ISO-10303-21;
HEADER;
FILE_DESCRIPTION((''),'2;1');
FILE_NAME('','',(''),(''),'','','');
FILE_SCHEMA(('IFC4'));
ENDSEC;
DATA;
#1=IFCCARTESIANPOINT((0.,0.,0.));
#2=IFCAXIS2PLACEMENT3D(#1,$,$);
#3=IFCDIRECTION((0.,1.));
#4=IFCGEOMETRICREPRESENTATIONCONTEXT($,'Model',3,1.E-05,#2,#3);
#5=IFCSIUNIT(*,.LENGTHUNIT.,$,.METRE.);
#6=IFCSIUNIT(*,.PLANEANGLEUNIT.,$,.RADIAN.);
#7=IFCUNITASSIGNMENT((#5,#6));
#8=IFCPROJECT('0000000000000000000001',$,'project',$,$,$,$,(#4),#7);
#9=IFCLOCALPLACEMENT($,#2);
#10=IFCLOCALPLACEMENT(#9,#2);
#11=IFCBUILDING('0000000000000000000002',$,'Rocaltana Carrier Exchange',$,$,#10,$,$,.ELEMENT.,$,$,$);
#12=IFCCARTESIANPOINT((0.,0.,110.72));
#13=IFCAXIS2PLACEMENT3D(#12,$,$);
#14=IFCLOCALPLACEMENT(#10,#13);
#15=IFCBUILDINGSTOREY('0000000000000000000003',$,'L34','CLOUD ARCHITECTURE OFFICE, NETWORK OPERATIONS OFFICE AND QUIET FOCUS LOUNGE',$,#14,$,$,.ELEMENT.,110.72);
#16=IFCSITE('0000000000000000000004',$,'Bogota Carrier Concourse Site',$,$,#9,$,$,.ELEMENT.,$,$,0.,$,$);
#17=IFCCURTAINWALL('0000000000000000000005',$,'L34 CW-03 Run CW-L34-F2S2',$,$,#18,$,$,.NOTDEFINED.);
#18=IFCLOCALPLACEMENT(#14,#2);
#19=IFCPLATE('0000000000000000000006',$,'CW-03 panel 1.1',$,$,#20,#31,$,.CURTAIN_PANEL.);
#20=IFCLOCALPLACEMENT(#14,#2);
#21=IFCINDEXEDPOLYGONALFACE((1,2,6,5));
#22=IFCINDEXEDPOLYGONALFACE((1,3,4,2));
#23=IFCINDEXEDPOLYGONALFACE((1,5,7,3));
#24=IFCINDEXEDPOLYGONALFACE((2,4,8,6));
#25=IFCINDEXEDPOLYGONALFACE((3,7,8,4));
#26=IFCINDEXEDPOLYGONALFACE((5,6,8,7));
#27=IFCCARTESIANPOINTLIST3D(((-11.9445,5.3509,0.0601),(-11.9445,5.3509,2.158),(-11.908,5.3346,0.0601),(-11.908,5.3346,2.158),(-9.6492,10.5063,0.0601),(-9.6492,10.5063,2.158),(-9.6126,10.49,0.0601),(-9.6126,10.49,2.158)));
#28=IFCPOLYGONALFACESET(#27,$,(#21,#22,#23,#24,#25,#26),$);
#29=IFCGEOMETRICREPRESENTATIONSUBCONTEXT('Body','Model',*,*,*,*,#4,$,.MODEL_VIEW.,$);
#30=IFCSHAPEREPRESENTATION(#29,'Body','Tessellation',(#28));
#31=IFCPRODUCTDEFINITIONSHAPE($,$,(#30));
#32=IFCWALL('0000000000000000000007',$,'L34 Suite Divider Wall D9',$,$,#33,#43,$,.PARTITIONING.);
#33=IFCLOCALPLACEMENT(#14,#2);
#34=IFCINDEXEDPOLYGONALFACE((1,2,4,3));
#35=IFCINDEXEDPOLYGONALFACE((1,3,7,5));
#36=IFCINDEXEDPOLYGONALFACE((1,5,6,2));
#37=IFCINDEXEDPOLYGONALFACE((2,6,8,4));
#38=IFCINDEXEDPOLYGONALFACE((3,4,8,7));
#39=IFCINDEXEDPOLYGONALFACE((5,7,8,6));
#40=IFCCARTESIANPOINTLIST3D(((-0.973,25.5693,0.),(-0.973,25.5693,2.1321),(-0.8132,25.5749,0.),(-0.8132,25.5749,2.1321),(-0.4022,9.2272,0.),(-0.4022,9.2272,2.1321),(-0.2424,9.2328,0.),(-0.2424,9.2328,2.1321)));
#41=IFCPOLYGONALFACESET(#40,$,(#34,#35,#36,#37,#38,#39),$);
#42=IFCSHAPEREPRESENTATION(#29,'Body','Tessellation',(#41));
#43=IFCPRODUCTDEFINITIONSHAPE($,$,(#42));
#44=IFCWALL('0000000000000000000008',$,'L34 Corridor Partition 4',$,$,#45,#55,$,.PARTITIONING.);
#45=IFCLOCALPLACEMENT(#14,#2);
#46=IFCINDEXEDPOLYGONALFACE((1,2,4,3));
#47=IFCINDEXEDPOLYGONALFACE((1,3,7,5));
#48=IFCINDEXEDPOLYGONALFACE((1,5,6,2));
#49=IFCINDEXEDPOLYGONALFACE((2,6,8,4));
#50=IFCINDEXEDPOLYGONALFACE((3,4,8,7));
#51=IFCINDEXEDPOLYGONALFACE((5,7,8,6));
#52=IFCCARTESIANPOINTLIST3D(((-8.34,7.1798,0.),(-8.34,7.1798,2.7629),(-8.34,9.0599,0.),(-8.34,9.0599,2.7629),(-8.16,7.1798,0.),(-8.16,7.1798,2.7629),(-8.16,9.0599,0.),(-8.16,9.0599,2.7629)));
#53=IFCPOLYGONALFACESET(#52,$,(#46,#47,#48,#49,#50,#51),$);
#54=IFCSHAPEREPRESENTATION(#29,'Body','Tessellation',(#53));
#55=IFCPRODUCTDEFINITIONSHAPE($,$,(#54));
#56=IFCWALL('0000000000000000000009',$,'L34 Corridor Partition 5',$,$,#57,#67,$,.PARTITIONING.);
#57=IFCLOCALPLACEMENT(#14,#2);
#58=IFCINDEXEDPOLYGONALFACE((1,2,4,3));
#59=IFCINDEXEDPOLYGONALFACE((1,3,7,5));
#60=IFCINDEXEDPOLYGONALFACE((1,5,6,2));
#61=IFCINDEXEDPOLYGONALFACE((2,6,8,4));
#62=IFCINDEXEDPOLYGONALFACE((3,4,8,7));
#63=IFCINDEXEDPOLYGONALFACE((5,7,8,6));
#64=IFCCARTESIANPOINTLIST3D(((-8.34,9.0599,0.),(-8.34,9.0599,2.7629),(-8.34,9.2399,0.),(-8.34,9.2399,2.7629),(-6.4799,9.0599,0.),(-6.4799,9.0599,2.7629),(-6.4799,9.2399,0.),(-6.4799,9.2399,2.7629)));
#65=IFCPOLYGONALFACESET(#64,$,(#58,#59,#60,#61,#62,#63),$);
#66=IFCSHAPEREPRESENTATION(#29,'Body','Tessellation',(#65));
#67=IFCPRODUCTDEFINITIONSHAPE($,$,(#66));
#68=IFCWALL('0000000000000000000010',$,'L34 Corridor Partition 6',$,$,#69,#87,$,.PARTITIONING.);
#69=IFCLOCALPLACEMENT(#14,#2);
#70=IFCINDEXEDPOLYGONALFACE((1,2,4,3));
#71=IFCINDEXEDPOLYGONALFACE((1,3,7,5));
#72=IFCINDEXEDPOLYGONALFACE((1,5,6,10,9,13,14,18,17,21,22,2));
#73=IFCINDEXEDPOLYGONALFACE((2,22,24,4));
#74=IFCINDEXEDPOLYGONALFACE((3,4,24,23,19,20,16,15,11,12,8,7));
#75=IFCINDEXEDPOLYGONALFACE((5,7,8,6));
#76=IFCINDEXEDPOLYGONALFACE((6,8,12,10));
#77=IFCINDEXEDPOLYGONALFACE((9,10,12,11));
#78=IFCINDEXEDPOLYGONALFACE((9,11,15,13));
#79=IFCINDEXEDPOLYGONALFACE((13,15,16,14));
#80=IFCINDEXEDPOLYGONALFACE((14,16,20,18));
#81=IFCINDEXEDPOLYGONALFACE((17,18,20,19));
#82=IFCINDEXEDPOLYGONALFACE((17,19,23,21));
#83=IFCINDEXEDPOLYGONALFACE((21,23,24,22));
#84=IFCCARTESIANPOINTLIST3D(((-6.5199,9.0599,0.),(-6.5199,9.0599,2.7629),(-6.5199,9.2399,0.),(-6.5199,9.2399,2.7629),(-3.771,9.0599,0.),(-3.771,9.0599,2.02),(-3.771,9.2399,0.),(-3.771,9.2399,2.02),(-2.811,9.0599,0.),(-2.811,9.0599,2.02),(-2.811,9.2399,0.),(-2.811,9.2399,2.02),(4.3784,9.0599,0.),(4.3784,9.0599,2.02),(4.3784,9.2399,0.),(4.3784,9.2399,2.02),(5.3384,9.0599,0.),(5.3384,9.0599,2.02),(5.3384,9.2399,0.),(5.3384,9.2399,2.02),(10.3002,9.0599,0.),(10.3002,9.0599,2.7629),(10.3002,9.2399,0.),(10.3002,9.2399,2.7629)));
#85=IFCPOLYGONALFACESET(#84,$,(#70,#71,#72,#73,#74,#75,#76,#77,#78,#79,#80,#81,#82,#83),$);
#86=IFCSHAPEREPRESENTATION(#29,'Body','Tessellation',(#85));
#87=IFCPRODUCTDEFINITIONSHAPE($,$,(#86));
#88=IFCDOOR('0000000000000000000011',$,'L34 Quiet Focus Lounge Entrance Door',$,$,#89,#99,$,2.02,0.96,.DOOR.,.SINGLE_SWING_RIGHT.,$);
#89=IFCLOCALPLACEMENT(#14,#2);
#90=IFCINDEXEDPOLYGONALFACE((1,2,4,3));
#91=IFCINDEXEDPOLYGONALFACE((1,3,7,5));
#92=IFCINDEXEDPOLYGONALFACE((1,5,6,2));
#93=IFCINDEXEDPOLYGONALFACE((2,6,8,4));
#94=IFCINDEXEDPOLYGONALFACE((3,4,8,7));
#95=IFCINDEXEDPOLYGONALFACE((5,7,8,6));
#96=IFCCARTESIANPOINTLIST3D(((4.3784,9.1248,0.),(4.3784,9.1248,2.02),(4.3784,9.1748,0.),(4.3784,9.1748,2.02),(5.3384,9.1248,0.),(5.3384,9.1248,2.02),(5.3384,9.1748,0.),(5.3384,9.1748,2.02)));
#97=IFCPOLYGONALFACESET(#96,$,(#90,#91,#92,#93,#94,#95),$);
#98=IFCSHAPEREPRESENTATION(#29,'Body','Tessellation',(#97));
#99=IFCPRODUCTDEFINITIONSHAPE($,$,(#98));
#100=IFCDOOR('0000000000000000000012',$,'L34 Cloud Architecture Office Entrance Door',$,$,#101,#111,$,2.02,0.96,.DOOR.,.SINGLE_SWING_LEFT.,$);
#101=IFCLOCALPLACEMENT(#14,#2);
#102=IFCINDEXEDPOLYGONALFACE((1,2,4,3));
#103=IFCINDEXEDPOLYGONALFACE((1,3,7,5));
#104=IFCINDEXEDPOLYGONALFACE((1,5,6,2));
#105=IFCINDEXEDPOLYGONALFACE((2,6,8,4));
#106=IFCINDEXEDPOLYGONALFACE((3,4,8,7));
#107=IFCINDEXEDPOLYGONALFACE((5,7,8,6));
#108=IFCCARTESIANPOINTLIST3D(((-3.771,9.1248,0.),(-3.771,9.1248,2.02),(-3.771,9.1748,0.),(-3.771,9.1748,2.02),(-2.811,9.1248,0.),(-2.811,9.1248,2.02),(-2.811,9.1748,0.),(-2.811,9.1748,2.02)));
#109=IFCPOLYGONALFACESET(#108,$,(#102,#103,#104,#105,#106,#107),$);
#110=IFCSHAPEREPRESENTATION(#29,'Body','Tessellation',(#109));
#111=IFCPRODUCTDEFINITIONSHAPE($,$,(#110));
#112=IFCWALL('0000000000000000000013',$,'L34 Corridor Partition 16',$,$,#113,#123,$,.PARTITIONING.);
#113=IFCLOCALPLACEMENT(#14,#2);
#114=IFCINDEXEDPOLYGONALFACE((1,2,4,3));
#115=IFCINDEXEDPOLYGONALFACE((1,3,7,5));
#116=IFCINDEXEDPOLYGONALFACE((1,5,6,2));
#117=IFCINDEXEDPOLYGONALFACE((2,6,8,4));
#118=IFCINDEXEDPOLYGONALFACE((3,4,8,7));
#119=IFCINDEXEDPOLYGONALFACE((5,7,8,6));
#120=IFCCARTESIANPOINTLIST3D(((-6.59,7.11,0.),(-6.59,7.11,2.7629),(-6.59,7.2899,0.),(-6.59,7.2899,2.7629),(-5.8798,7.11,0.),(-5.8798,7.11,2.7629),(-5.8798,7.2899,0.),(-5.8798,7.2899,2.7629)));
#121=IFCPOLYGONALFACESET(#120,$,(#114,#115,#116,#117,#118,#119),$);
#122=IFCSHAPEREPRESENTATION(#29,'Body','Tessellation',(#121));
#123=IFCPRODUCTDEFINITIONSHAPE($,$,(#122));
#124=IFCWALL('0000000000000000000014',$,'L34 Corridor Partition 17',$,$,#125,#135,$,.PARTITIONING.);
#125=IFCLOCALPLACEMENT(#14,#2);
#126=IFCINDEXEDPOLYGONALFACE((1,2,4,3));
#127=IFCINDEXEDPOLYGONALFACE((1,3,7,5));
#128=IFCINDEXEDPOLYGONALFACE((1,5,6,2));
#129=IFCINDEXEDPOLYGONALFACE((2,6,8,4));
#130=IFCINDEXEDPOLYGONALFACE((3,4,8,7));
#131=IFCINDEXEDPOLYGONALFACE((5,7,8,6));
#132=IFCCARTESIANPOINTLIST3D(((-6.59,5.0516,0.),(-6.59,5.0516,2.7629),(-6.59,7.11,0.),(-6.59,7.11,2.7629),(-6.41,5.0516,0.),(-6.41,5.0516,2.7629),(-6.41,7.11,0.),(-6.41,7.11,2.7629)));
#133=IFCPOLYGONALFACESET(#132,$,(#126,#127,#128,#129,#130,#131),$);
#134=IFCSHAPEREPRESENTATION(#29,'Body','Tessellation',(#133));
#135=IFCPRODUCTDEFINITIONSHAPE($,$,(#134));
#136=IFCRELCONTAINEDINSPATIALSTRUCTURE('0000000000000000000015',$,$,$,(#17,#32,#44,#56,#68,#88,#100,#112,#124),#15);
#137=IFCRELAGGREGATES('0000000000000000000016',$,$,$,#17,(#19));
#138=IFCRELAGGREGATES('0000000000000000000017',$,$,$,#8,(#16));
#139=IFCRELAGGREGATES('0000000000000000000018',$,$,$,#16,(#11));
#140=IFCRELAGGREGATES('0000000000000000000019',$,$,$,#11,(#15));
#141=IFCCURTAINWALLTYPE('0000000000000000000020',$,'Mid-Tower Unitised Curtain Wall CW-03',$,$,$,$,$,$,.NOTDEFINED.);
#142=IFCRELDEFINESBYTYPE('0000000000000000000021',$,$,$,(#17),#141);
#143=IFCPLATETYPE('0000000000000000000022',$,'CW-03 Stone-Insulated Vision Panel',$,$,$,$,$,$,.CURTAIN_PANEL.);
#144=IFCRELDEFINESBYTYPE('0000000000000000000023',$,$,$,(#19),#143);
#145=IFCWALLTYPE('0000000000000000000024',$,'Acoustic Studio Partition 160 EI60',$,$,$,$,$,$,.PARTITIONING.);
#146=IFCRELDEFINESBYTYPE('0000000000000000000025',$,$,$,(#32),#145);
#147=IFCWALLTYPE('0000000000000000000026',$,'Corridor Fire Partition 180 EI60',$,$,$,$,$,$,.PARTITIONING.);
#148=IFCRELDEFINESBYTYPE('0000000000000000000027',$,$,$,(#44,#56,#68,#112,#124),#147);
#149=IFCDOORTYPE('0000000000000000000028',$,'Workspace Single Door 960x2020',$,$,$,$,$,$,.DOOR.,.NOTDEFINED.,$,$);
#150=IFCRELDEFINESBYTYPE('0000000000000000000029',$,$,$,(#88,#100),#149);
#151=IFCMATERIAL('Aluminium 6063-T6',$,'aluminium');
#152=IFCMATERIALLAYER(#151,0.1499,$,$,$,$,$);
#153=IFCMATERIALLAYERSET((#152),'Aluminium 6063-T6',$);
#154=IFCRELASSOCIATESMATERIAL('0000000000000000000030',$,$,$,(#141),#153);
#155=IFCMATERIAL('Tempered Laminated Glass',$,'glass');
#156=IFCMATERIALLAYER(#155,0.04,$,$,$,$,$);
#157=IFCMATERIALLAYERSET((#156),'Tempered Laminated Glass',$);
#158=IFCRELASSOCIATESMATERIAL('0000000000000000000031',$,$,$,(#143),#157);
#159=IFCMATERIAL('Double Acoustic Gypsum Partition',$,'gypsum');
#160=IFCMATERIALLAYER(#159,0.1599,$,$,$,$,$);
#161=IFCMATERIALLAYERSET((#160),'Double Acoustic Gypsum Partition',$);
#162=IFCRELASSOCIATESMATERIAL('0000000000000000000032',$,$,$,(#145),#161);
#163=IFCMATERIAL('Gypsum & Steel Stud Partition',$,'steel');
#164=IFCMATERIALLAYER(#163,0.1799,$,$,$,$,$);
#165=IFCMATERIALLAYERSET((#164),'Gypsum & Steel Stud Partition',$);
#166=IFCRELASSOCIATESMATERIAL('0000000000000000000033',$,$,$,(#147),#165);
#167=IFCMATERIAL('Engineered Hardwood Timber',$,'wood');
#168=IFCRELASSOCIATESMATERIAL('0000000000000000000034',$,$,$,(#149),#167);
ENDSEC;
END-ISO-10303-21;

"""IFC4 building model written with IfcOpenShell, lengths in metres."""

from ifc_helpers import new_model, si_unit, direction, frame, frame_2d, origin, origin_2d, place, context, subcontext, project, spatial, rectangle, extrude, material, layer, layer_set, type_object, element, fill, aggregate, save


model = new_model("IFC4")

# Units and contexts
model_context = context("Model", 3, precision=1e-05, world=origin(), true_north=direction((0.0, 1.0)))
body_context = subcontext(model_context, "Body", "Model", "MODEL_VIEW")
ifc_project = project(units=[si_unit("LENGTHUNIT", "METRE"), si_unit("PLANEANGLEUNIT", "RADIAN")], contexts=[model_context])

# Site, building, storey
site_placement = place(None, origin())
site = spatial("IfcSite", under=ifc_project, at=site_placement, Name="Bogota Carrier Concourse Site", CompositionType="ELEMENT", RefElevation=0.0)
building_placement = place(site_placement, origin())
building = spatial("IfcBuilding", under=site, at=building_placement, Name="Rocaltana Carrier Exchange", CompositionType="ELEMENT")
storey_placement = place(building_placement, frame((0.0, 0.0, 110.72)))
storey = spatial("IfcBuildingStorey", under=building, at=storey_placement, Name="L34", Description="CLOUD ARCHITECTURE OFFICE, NETWORK OPERATIONS OFFICE AND QUIET FOCUS LOUNGE", CompositionType="ELEMENT", Elevation=110.72)

# Shared definitions
ifc_material_1 = material(Name="Aluminium 6063-T6", Category="aluminium")
ifc_layer_1 = layer(ifc_material_1, 0.1499)
ifc_layer_set_1 = layer_set([ifc_layer_1], Name="Aluminium 6063-T6")
curtain_wall_type = type_object("IfcCurtainWallType", Name="Mid-Tower Unitised Curtain Wall CW-03", PredefinedType="NOTDEFINED", material=ifc_layer_set_1)

# Curtain wall
curtain_wall_1_placement = place(storey_placement, origin())
curtain_wall_1 = element("IfcCurtainWall", 1, at=curtain_wall_1_placement, inside=storey, type_object=curtain_wall_type, Name="L34 CW-03 Run CW-L34-F2S2", PredefinedType="NOTDEFINED")

# Plate
ifc_material_2 = material(Name="Tempered Laminated Glass", Category="glass")
ifc_layer_2 = layer(ifc_material_2, 0.04)
ifc_layer_set_2 = layer_set([ifc_layer_2], Name="Tempered Laminated Glass")
plate_type = type_object("IfcPlateType", Name="CW-03 Stone-Insulated Vision Panel", PredefinedType="CURTAIN_PANEL", material=ifc_layer_set_2)
plate_placement = place(storey_placement, frame((-10.7786, 7.9204, 0.0601), z_axis=(0.0, 0.0, 1.0), x_axis=(-0.406744, -0.913542, 0.0)))
plate = element("IfcPlate", 2, at=plate_placement, type_object=plate_type, Name="CW-03 panel 1.1", PredefinedType="CURTAIN_PANEL", context=body_context, shape_type="SweptSolid", body=[
    extrude(rectangle(XDim=5.6433, YDim=0.04, at=origin_2d()), origin(), (0.0, 0.0, 1.0), 2.0979),
])
aggregate(curtain_wall_1, [plate])

# Walls
ifc_material_3 = material(Name="Double Acoustic Gypsum Partition", Category="gypsum")
ifc_layer_3 = layer(ifc_material_3, 0.1599)
ifc_layer_set_3 = layer_set([ifc_layer_3], Name="Double Acoustic Gypsum Partition")
wall_type_1 = type_object("IfcWallType", Name="Acoustic Studio Partition 160 EI60", PredefinedType="PARTITIONING", material=ifc_layer_set_3)
wall_1_placement = place(storey_placement, frame((-0.3223, 9.23, 0.0), z_axis=(0.0, 0.0, 1.0), x_axis=(-0.034907, 0.999391, 0.0)))
element("IfcWall", 3, at=wall_1_placement, inside=storey, type_object=wall_type_1, Name="L34 Suite Divider Wall D9", PredefinedType="PARTITIONING", context=body_context, shape_type="SweptSolid", body=[
    extrude(rectangle(XDim=16.3521, YDim=0.1599, at=frame_2d((8.176, 0.0))), origin(), (0.0, 0.0, 1.0), 2.1321),
])
ifc_material_4 = material(Name="Gypsum & Steel Stud Partition", Category="steel")
ifc_layer_4 = layer(ifc_material_4, 0.1799)
ifc_layer_set_4 = layer_set([ifc_layer_4], Name="Gypsum & Steel Stud Partition")
wall_type_2 = type_object("IfcWallType", Name="Corridor Fire Partition 180 EI60", PredefinedType="PARTITIONING", material=ifc_layer_set_4)
wall_2_placement = place(storey_placement, frame((-8.25, 7.1799, 0.0), z_axis=(0.0, 0.0, 1.0), x_axis=(0.0, 1.0, 0.0)))
element("IfcWall", 4, at=wall_2_placement, inside=storey, type_object=wall_type_2, Name="L34 Corridor Partition 4", PredefinedType="PARTITIONING", context=body_context, shape_type="SweptSolid", body=[
    extrude(rectangle(XDim=1.8801, YDim=0.1799, at=frame_2d((0.9399, 0.0))), origin(), (0.0, 0.0, 1.0), 2.7629),
])
wall_3_placement = place(storey_placement, frame((-8.3401, 9.1499, 0.0), z_axis=(0.0, 0.0, 1.0), x_axis=(1.0, 0.0, 0.0)))
element("IfcWall", 5, at=wall_3_placement, inside=storey, type_object=wall_type_2, Name="L34 Corridor Partition 5", PredefinedType="PARTITIONING", context=body_context, shape_type="SweptSolid", body=[
    extrude(rectangle(XDim=1.8601, YDim=0.1799, at=frame_2d((0.9302, 0.0))), origin(), (0.0, 0.0, 1.0), 2.7629),
])

# Wall, openings, doors
wall_4_placement = place(storey_placement, frame((-6.52, 9.1499, 0.0), z_axis=(0.0, 0.0, 1.0), x_axis=(1.0, 0.0, 0.0)))
wall_4 = element("IfcWall", 6, at=wall_4_placement, inside=storey, type_object=wall_type_2, Name="L34 Corridor Partition 6", PredefinedType="PARTITIONING", context=body_context, shape_type="SweptSolid", body=[
    extrude(rectangle(XDim=16.8201, YDim=0.1799, at=frame_2d((8.4102, 0.0))), origin(), (0.0, 0.0, 1.0), 2.7629),
])
opening_1_placement = place(wall_4_placement, frame((10.8984, 0.0, 0.0)))
opening_1 = element("IfcOpeningElement", 7, at=opening_1_placement, cuts=wall_4, PredefinedType="OPENING", context=body_context, shape_type="SweptSolid", body=[
    extrude(rectangle(XDim=0.96, YDim=2.02, at=frame_2d((0.48, 1.01))), frame((0.0, 0.0999, 0.0), z_axis=(0.0, -1.0, 0.0), x_axis=(1.0, 0.0, 0.0)), (0.0, 0.0, 1.0), 0.2),
])
opening_2_placement = place(wall_4_placement, frame((2.749, 0.0, 0.0)))
opening_2 = element("IfcOpeningElement", 8, at=opening_2_placement, cuts=wall_4, PredefinedType="OPENING", context=body_context, shape_type="SweptSolid", body=[
    extrude(rectangle(XDim=0.96, YDim=2.02, at=frame_2d((0.48, 1.01))), frame((0.0, 0.0999, 0.0), z_axis=(0.0, -1.0, 0.0), x_axis=(1.0, 0.0, 0.0)), (0.0, 0.0, 1.0), 0.2),
])
ifc_material_5 = material(Name="Engineered Hardwood Timber", Category="wood")
door_type_1 = type_object("IfcDoorType", Name="Workspace Single Door 960x2020", OperationType="NOTDEFINED", PredefinedType="DOOR", material=ifc_material_5)
door_1_placement = place(opening_1_placement, origin())
door_1 = element("IfcDoor", 9, at=door_1_placement, inside=storey, type_object=door_type_1, Name="L34 Quiet Focus Lounge Entrance Door", OperationType="SINGLE_SWING_RIGHT", OverallHeight=2.02, OverallWidth=0.96, PredefinedType="DOOR", context=body_context, shape_type="SweptSolid", body=[
    extrude(rectangle(XDim=0.96, YDim=2.02, at=frame_2d((0.48, 1.01))), frame((0.0, 0.0249, 0.0), z_axis=(0.0, -1.0, 0.0), x_axis=(1.0, 0.0, 0.0)), (0.0, 0.0, 1.0), 0.05),
])
fill(opening_1, door_1)
door_2_placement = place(opening_2_placement, origin())
door_2 = element("IfcDoor", 10, at=door_2_placement, inside=storey, type_object=door_type_1, Name="L34 Cloud Architecture Office Entrance Door", OperationType="SINGLE_SWING_LEFT", OverallHeight=2.02, OverallWidth=0.96, PredefinedType="DOOR", context=body_context, shape_type="SweptSolid", body=[
    extrude(rectangle(XDim=0.96, YDim=2.02, at=frame_2d((0.48, 1.01))), frame((0.0, 0.0249, 0.0), z_axis=(0.0, -1.0, 0.0), x_axis=(1.0, 0.0, 0.0)), (0.0, 0.0, 1.0), 0.05),
])
fill(opening_2, door_2)

# Walls
wall_5_placement = place(storey_placement, frame((-5.8799, 7.2, 0.0), z_axis=(0.0, 0.0, 1.0), x_axis=(-1.0, 0.0, 0.0)))
element("IfcWall", 11, at=wall_5_placement, inside=storey, type_object=wall_type_2, Name="L34 Corridor Partition 16", PredefinedType="PARTITIONING", context=body_context, shape_type="SweptSolid", body=[
    extrude(rectangle(XDim=0.7102, YDim=0.1799, at=frame_2d((0.355, 0.0))), origin(), (0.0, 0.0, 1.0), 2.7629),
])
wall_6_placement = place(storey_placement, frame((-6.5, 7.1101, 0.0), z_axis=(0.0, 0.0, 1.0), x_axis=(0.0, -1.0, 0.0)))
element("IfcWall", 12, at=wall_6_placement, inside=storey, type_object=wall_type_2, Name="L34 Corridor Partition 17", PredefinedType="PARTITIONING", context=body_context, shape_type="SweptSolid", body=[
    extrude(rectangle(XDim=2.0583, YDim=0.1799, at=frame_2d((1.0293, 0.0))), origin(), (0.0, 0.0, 1.0), 2.7629),
])

save(model, "model.ifc")
